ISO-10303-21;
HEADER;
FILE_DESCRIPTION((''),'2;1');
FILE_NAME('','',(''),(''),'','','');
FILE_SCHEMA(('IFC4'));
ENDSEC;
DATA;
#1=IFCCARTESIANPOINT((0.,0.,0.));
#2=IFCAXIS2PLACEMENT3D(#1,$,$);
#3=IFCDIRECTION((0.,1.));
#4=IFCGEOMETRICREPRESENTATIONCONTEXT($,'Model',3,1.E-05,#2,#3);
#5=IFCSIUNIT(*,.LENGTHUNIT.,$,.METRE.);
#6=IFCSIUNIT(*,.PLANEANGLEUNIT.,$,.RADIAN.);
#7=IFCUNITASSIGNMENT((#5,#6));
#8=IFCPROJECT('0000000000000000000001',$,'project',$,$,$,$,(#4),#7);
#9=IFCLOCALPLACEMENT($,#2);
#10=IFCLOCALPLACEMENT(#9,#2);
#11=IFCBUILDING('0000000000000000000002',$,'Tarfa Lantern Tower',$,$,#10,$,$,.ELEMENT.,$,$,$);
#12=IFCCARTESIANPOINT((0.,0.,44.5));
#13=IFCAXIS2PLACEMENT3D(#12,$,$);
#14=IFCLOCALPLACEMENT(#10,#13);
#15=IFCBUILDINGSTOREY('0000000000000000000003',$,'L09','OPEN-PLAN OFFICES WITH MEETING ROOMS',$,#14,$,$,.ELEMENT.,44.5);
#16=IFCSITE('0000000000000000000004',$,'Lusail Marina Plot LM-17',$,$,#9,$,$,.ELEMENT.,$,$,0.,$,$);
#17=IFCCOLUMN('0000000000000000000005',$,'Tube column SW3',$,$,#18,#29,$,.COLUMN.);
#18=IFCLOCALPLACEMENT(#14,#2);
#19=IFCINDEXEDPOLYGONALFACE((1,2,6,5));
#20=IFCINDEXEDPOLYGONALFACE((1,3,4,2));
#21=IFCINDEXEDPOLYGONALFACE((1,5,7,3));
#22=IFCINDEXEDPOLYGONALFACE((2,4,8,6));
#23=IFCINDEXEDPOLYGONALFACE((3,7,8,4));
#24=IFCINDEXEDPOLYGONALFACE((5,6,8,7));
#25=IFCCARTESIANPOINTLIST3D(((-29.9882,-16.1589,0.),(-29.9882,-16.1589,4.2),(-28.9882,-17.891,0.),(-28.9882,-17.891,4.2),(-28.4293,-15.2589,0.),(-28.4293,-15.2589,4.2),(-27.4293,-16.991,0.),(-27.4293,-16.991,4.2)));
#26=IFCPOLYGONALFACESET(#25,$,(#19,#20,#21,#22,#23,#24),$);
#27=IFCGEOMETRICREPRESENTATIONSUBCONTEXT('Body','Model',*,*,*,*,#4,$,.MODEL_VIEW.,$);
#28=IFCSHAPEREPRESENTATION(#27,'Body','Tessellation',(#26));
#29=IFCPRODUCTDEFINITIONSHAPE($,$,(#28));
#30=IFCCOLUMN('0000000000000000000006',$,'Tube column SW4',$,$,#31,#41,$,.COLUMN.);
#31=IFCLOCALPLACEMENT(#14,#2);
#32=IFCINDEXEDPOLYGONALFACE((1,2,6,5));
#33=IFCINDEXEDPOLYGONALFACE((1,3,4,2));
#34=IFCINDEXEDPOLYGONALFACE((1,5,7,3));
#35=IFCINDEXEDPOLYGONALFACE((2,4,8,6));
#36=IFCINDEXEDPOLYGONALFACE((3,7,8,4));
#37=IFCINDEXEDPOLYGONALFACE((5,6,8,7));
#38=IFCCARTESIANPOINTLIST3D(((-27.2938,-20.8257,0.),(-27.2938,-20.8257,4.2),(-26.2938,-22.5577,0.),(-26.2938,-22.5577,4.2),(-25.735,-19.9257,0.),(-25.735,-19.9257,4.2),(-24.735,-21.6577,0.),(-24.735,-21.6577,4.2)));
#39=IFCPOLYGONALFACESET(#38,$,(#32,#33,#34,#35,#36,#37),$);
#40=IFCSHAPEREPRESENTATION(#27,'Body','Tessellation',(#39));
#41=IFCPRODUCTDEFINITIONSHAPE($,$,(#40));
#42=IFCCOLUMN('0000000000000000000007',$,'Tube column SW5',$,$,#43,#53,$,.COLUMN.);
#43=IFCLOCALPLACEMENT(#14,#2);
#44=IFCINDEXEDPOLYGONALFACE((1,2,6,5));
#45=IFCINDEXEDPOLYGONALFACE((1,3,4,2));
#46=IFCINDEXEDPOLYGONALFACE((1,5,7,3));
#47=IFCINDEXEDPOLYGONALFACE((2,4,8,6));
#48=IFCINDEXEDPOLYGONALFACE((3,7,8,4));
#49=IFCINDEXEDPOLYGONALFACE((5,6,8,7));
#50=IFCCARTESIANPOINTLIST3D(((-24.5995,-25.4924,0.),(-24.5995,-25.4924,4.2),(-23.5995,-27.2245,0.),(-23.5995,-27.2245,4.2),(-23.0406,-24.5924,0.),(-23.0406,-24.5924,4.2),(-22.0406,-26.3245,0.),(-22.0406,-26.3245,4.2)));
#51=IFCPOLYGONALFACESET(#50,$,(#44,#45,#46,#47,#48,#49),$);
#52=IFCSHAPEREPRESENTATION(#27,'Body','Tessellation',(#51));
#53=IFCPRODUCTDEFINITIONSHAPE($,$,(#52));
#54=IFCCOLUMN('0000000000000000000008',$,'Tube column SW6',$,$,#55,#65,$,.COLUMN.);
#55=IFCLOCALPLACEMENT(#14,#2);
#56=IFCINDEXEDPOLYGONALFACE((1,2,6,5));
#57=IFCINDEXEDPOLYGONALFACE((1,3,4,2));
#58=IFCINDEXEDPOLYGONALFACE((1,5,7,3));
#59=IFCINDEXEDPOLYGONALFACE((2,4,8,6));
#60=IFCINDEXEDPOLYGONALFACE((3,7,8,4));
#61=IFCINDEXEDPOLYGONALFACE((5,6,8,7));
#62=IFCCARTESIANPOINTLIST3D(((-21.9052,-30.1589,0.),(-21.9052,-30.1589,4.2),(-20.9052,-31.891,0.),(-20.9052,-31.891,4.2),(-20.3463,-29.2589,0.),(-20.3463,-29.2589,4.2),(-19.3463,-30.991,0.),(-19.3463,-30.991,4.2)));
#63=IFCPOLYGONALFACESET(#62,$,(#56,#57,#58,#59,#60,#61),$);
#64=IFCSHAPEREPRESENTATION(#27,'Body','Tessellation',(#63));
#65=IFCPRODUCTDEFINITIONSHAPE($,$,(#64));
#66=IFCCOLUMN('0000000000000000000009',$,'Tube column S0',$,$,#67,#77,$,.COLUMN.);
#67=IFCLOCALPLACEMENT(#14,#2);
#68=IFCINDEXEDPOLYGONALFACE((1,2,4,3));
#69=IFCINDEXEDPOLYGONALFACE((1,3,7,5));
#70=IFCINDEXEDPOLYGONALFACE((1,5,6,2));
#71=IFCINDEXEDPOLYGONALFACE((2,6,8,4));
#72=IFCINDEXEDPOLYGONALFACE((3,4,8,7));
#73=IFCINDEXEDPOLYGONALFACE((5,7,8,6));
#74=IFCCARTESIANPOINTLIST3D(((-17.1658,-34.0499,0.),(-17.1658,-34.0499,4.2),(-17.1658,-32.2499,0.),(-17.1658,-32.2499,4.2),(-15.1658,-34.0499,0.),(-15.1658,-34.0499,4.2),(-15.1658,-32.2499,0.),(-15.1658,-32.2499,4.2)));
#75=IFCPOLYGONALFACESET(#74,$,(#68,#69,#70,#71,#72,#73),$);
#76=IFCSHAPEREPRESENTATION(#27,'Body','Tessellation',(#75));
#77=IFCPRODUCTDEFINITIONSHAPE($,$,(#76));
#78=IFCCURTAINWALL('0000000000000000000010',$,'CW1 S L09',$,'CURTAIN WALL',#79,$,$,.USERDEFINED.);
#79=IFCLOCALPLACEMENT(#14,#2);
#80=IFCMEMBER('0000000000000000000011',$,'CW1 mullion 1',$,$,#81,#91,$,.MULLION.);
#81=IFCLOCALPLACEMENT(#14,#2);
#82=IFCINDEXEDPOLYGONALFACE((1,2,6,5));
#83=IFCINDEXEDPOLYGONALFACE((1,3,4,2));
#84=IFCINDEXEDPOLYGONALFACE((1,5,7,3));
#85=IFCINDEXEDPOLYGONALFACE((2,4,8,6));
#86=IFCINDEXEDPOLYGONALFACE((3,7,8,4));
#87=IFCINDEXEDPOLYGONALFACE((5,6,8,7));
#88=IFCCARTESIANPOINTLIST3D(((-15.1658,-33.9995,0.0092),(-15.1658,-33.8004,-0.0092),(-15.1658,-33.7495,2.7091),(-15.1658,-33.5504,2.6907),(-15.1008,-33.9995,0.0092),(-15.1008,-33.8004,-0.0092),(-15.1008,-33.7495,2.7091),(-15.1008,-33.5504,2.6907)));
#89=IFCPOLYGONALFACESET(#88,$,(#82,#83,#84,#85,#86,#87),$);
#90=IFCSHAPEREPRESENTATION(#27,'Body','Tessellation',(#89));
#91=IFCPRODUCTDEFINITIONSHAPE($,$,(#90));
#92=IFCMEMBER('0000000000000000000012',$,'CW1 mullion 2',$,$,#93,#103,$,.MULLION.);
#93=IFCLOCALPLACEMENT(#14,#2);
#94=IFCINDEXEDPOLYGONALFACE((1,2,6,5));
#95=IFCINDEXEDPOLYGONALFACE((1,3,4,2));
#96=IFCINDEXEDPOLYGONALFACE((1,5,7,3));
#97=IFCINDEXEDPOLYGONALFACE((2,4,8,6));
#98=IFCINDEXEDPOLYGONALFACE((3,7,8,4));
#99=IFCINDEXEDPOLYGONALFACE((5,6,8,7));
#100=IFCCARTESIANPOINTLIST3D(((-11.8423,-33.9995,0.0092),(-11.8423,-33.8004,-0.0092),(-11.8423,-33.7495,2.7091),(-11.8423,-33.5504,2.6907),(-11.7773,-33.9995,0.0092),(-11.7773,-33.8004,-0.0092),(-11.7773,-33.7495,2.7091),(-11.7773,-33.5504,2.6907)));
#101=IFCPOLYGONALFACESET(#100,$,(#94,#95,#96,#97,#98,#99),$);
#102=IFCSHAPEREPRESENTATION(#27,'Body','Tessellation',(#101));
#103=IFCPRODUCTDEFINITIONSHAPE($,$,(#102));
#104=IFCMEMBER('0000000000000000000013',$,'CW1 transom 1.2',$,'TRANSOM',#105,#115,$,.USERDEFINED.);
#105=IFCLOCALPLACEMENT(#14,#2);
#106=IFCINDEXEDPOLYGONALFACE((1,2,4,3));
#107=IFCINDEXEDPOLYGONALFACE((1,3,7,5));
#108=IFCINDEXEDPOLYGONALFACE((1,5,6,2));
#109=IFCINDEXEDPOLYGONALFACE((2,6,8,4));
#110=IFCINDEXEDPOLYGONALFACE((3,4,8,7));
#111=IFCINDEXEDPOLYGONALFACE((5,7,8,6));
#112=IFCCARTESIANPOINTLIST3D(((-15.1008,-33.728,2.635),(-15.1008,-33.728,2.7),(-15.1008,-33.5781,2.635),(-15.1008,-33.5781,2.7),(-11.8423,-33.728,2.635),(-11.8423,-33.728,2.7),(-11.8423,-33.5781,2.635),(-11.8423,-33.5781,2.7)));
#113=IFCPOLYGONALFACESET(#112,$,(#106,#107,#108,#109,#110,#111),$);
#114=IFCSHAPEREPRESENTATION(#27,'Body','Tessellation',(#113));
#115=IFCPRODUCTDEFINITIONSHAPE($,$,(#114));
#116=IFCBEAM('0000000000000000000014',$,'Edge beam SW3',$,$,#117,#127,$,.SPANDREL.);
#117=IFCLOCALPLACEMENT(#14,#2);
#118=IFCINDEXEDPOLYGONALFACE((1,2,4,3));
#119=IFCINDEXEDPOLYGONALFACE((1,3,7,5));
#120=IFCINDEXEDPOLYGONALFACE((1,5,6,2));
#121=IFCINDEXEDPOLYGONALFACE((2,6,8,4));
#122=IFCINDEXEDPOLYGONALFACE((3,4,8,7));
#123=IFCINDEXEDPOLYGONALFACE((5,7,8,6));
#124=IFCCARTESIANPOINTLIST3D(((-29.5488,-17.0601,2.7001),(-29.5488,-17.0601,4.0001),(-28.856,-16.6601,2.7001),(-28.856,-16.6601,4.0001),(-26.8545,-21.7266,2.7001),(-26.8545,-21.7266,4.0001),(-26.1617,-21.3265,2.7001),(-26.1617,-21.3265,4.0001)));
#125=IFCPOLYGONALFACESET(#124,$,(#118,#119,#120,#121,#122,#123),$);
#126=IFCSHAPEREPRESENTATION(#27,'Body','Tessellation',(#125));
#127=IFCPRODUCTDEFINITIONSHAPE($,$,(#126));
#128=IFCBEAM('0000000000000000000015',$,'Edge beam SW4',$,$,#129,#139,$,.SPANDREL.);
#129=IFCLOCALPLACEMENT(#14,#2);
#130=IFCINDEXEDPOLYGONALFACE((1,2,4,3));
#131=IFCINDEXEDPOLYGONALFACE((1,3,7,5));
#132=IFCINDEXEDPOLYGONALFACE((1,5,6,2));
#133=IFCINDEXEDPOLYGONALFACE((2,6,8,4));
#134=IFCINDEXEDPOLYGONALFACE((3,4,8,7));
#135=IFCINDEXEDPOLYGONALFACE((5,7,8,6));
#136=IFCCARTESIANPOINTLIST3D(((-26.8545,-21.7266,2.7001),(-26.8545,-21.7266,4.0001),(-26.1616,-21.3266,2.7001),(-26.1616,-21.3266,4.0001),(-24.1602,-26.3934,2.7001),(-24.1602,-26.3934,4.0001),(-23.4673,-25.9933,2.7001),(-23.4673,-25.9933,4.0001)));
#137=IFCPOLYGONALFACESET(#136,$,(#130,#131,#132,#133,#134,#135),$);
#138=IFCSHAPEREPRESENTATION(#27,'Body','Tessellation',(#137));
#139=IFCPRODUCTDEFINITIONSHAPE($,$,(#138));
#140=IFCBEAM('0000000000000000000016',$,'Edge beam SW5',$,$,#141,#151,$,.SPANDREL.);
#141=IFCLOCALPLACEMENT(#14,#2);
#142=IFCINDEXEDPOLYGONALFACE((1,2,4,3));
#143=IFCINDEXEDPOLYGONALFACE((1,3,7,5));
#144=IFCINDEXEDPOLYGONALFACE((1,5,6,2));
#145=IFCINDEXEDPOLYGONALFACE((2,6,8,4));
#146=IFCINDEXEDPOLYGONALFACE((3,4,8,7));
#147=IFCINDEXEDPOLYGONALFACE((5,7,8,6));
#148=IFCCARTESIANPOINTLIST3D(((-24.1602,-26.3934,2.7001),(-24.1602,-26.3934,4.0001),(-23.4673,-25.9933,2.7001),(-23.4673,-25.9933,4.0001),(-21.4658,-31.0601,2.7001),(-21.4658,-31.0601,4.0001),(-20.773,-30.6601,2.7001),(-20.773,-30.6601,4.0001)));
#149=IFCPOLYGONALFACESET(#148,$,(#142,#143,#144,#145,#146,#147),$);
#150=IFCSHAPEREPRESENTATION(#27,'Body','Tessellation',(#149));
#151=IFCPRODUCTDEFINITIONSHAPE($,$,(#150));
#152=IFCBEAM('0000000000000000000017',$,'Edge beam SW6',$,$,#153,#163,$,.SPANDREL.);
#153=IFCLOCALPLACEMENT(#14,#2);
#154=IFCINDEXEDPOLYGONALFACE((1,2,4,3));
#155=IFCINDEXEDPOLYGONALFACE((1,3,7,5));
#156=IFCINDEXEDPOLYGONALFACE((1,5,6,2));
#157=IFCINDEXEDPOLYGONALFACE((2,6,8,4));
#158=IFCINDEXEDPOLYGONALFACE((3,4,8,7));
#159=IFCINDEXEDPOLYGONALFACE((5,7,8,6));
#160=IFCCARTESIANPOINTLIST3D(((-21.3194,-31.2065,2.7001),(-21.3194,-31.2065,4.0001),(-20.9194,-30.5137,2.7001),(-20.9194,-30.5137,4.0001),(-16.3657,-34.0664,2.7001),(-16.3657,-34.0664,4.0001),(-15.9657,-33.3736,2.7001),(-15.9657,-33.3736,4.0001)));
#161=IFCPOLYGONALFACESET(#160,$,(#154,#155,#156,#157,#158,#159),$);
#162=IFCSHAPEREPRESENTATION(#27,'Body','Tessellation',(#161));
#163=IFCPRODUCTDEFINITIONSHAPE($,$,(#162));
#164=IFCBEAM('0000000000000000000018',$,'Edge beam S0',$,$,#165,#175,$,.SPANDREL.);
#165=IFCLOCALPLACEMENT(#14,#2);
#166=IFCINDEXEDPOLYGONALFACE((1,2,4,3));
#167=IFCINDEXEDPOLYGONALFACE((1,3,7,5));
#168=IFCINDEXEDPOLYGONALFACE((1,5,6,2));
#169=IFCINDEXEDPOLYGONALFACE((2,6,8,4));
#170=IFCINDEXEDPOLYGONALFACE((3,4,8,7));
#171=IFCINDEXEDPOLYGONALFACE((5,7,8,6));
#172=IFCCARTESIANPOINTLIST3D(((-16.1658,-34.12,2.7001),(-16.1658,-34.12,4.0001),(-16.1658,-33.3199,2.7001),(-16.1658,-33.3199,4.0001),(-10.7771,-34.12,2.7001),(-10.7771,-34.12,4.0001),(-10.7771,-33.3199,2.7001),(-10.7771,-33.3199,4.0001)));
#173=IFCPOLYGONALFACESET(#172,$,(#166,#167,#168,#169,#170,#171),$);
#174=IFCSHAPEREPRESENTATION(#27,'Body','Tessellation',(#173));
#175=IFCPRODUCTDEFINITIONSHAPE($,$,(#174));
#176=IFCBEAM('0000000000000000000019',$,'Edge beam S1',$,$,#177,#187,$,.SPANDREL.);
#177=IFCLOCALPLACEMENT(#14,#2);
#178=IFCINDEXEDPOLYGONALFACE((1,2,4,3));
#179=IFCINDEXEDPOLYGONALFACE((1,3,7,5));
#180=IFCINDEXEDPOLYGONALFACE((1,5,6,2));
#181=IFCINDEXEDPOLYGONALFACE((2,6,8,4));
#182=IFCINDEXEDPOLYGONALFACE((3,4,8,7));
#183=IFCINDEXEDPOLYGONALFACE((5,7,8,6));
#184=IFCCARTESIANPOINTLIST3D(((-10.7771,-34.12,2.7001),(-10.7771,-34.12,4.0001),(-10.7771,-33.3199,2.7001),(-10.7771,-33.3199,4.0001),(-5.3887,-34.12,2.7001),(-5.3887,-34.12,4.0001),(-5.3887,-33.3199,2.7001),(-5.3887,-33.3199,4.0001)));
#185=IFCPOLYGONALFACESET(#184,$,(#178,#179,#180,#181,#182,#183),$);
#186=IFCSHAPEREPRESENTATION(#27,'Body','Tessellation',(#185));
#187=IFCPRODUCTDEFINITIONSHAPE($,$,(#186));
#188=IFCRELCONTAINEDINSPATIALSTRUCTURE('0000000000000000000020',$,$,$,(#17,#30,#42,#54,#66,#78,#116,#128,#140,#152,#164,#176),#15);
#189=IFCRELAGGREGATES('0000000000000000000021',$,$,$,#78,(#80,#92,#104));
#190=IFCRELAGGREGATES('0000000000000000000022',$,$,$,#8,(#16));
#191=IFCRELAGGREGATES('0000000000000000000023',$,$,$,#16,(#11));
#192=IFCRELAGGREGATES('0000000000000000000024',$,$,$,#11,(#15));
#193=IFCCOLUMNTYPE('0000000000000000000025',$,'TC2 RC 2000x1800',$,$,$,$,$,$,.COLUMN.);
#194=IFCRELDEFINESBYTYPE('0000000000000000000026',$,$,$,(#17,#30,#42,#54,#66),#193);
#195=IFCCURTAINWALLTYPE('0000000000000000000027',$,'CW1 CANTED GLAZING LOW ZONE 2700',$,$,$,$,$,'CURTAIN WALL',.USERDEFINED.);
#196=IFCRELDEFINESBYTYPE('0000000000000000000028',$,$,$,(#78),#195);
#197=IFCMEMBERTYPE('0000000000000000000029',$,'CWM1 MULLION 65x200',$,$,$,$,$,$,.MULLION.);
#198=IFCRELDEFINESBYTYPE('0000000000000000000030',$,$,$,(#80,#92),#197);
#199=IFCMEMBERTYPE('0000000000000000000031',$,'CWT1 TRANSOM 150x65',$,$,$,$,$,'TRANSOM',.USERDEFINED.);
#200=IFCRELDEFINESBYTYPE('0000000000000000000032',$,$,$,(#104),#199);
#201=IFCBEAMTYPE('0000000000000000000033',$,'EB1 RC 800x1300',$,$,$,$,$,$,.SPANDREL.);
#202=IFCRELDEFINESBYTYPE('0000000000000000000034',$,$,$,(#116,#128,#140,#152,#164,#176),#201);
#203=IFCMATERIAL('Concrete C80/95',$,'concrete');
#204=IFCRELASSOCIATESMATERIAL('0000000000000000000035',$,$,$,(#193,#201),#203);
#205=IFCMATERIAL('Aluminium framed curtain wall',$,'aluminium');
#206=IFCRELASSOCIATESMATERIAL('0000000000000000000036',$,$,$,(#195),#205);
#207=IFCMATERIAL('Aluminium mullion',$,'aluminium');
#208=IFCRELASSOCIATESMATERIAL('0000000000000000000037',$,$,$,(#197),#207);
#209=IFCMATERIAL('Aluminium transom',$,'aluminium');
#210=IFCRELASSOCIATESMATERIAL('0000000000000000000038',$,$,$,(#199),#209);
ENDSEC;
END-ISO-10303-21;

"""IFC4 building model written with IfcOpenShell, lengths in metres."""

from ifc_helpers import new_model, si_unit, direction, frame, origin, origin_2d, place, context, subcontext, project, spatial, rectangle, extrude, material, material_profile, profile_set, type_object, element, aggregate, save


model = new_model("IFC4")

# Units and contexts
model_context = context("Model", 3, precision=1e-05, world=origin(), true_north=direction((0.0, 1.0)))
body_context = subcontext(model_context, "Body", "Model", "MODEL_VIEW")
ifc_project = project(units=[si_unit("LENGTHUNIT", "METRE"), si_unit("PLANEANGLEUNIT", "RADIAN")], contexts=[model_context])

# Site, building, storey
site_placement = place(None, origin())
site = spatial("IfcSite", under=ifc_project, at=site_placement, Name="Lusail Marina Plot LM-17", CompositionType="ELEMENT", RefElevation=0.0)
building_placement = place(site_placement, origin())
building = spatial("IfcBuilding", under=site, at=building_placement, Name="Tarfa Lantern Tower", CompositionType="ELEMENT")
storey_placement = place(building_placement, frame((0.0, 0.0, 44.5)))
storey = spatial("IfcBuildingStorey", under=building, at=storey_placement, Name="L09", Description="OPEN-PLAN OFFICES WITH MEETING ROOMS", CompositionType="ELEMENT", Elevation=44.5)

# Columns
ifc_material_1 = material(Name="Concrete C80/95", Category="concrete")
ifc_material_profile_1 = material_profile(ifc_material_1, rectangle(XDim=2.0, YDim=1.8, at=origin_2d()), Name="RC 2000x1800")
ifc_profile_set_1 = profile_set([ifc_material_profile_1], Name="Concrete C80/95")
column_type = type_object("IfcColumnType", Name="TC2 RC 2000x1800", PredefinedType="COLUMN", material=ifc_profile_set_1)
for number, where, z_axis, x_axis, name in (
    (1, (-28.7087, -16.575, 0.0), (0.0, 0.0, 1.0), (0.5, -0.866025, 0.0), "Tube column SW3"),
    (2, (-26.0144, -21.2417, 0.0), (0.0, 0.0, 1.0), (0.5, -0.866025, 0.0), "Tube column SW4"),
    (3, (-23.3201, -25.9084, 0.0), (0.0, 0.0, 1.0), (0.5, -0.866025, 0.0), "Tube column SW5"),
    (4, (-20.6257, -30.575, 0.0), (0.0, 0.0, 1.0), (0.5, -0.866025, 0.0), "Tube column SW6"),
    (5, (-16.1658, -33.1499, 0.0), (0.0, 0.0, 1.0), (1.0, 0.0, 0.0), "Tube column S0"),
):
    element("IfcColumn", number, at=place(storey_placement, frame(where, z_axis=z_axis, x_axis=x_axis)), inside=storey, type_object=column_type, Name=name, PredefinedType="COLUMN", context=body_context, shape_type="SweptSolid", body=[
        extrude(rectangle(XDim=2.0, YDim=1.8, at=origin_2d()), origin(), (0.0, 0.0, 1.0), 4.2),
    ])

# Curtain wall, members
ifc_material_2 = material(Name="Aluminium framed curtain wall", Category="aluminium")
curtain_wall_type = type_object("IfcCurtainWallType", Name="CW1 CANTED GLAZING LOW ZONE 2700", ElementType="CURTAIN WALL", PredefinedType="USERDEFINED", material=ifc_material_2)
curtain_wall_placement = place(storey_placement, origin())
curtain_wall = element("IfcCurtainWall", 6, at=curtain_wall_placement, inside=storey, type_object=curtain_wall_type, Name="CW1 S L09", ObjectType="CURTAIN WALL", PredefinedType="USERDEFINED")
ifc_material_3 = material(Name="Aluminium mullion", Category="aluminium")
ifc_material_profile_2 = material_profile(ifc_material_3, rectangle(XDim=0.0649, YDim=0.2, at=origin_2d()), Name="AL MULLION 65x200")
ifc_profile_set_2 = profile_set([ifc_material_profile_2], Name="Aluminium mullion")
member_type_1 = type_object("IfcMemberType", Name="CWM1 MULLION 65x200", PredefinedType="MULLION", material=ifc_profile_set_2)
member_1_placement = place(storey_placement, frame((-15.1333, -33.8999, 0.0), z_axis=(0.0, 0.0922, 0.995741), x_axis=(-1.0, 0.0, 0.0)))
member_1 = element("IfcMember", 7, at=member_1_placement, type_object=member_type_1, Name="CW1 mullion 1", PredefinedType="MULLION", context=body_context, shape_type="SweptSolid", body=[
    extrude(rectangle(XDim=0.0649, YDim=0.2, at=origin_2d()), origin(), (0.0, 0.0, 1.0), 2.7114),
])
member_2_placement = place(storey_placement, frame((-11.8098, -33.8999, 0.0), z_axis=(0.0, 0.0922, 0.995741), x_axis=(-1.0, 0.0, 0.0)))
member_2 = element("IfcMember", 8, at=member_2_placement, type_object=member_type_1, Name="CW1 mullion 2", PredefinedType="MULLION", context=body_context, shape_type="SweptSolid", body=[
    extrude(rectangle(XDim=0.0649, YDim=0.2, at=origin_2d()), origin(), (0.0, 0.0, 1.0), 2.7114),
])
ifc_material_4 = material(Name="Aluminium transom", Category="aluminium")
ifc_material_profile_3 = material_profile(ifc_material_4, rectangle(XDim=0.1499, YDim=0.0649, at=origin_2d()), Name="AL TRANSOM 150x65")
ifc_profile_set_3 = profile_set([ifc_material_profile_3], Name="Aluminium transom")
member_type_2 = type_object("IfcMemberType", Name="CWT1 TRANSOM 150x65", ElementType="TRANSOM", PredefinedType="USERDEFINED", material=ifc_profile_set_3)
member_3_placement = place(storey_placement, frame((-15.1008, -33.6531, 2.6675), z_axis=(1.0, 0.0, 0.0), x_axis=(0.0, 1.0, 0.0)))
member_3 = element("IfcMember", 9, at=member_3_placement, type_object=member_type_2, Name="CW1 transom 1.2", ObjectType="TRANSOM", PredefinedType="USERDEFINED", context=body_context, shape_type="SweptSolid", body=[
    extrude(rectangle(XDim=0.1499, YDim=0.0649, at=origin_2d()), origin(), (0.0, 0.0, 1.0), 3.2585),
])

# Beams
ifc_material_profile_4 = material_profile(ifc_material_1, rectangle(XDim=0.8, YDim=1.3, at=origin_2d()), Name="RC 800x1300")
ifc_profile_set_4 = profile_set([ifc_material_profile_4], Name="Concrete C80/95")
beam_type_1 = type_object("IfcBeamType", Name="EB1 RC 800x1300", PredefinedType="SPANDREL", material=ifc_profile_set_4)
beam_1_placement = place(storey_placement, frame((-29.2024, -16.8601, 3.3501), z_axis=(0.500018, -0.866015, 0.0), x_axis=(0.866015, 0.500018, 0.0)))
element("IfcBeam", 10, at=beam_1_placement, inside=storey, type_object=beam_type_1, Name="Edge beam SW3", PredefinedType="SPANDREL", context=body_context, shape_type="SweptSolid", body=[
    extrude(rectangle(XDim=0.8, YDim=1.3, at=origin_2d()), origin(), (0.0, 0.0, 1.0), 5.3884),
])
for number, where, z_axis, x_axis, name in (
    (11, (-26.5081, -21.5266, 3.3501), (0.499998, -0.866026, 0.0), (0.866026, 0.499998, 0.0), "Edge beam SW4"),
    (12, (-23.8137, -26.1934, 3.3501), (0.499998, -0.866026, 0.0), (0.866026, 0.499998, 0.0), "Edge beam SW5"),
):
    element("IfcBeam", number, at=place(storey_placement, frame(where, z_axis=z_axis, x_axis=x_axis)), inside=storey, type_object=beam_type_1, Name=name, PredefinedType="SPANDREL", context=body_context, shape_type="SweptSolid", body=[
        extrude(rectangle(XDim=0.8, YDim=1.3, at=origin_2d()), origin(), (0.0, 0.0, 1.0), 5.3887),
    ])
beam_2_placement = place(storey_placement, frame((-21.1194, -30.8601, 3.3501), z_axis=(0.866033, -0.499986, 0.0), x_axis=(0.499986, 0.866033, 0.0)))
element("IfcBeam", 13, at=beam_2_placement, inside=storey, type_object=beam_type_1, Name="Edge beam SW6", PredefinedType="SPANDREL", context=body_context, shape_type="SweptSolid", body=[
    extrude(rectangle(XDim=0.8, YDim=1.3, at=origin_2d()), origin(), (0.0, 0.0, 1.0), 5.72),
])
beam_3_placement = place(storey_placement, frame((-16.1658, -33.72, 3.3501), z_axis=(1.0, 0.0, 0.0), x_axis=(0.0, 1.0, 0.0)))
element("IfcBeam", 14, at=beam_3_placement, inside=storey, type_object=beam_type_1, Name="Edge beam S0", PredefinedType="SPANDREL", context=body_context, shape_type="SweptSolid", body=[
    extrude(rectangle(XDim=0.8, YDim=1.3, at=origin_2d()), origin(), (0.0, 0.0, 1.0), 5.3887),
])
beam_4_placement = place(storey_placement, frame((-10.7771, -33.72, 3.3501), z_axis=(1.0, 0.0, 0.0), x_axis=(0.0, 1.0, 0.0)))
element("IfcBeam", 15, at=beam_4_placement, inside=storey, type_object=beam_type_1, Name="Edge beam S1", PredefinedType="SPANDREL", context=body_context, shape_type="SweptSolid", body=[
    extrude(rectangle(XDim=0.8, YDim=1.3, at=origin_2d()), origin(), (0.0, 0.0, 1.0), 5.3884),
])

aggregate(curtain_wall, [member_1, member_2, member_3])

save(model, "model.ifc")
